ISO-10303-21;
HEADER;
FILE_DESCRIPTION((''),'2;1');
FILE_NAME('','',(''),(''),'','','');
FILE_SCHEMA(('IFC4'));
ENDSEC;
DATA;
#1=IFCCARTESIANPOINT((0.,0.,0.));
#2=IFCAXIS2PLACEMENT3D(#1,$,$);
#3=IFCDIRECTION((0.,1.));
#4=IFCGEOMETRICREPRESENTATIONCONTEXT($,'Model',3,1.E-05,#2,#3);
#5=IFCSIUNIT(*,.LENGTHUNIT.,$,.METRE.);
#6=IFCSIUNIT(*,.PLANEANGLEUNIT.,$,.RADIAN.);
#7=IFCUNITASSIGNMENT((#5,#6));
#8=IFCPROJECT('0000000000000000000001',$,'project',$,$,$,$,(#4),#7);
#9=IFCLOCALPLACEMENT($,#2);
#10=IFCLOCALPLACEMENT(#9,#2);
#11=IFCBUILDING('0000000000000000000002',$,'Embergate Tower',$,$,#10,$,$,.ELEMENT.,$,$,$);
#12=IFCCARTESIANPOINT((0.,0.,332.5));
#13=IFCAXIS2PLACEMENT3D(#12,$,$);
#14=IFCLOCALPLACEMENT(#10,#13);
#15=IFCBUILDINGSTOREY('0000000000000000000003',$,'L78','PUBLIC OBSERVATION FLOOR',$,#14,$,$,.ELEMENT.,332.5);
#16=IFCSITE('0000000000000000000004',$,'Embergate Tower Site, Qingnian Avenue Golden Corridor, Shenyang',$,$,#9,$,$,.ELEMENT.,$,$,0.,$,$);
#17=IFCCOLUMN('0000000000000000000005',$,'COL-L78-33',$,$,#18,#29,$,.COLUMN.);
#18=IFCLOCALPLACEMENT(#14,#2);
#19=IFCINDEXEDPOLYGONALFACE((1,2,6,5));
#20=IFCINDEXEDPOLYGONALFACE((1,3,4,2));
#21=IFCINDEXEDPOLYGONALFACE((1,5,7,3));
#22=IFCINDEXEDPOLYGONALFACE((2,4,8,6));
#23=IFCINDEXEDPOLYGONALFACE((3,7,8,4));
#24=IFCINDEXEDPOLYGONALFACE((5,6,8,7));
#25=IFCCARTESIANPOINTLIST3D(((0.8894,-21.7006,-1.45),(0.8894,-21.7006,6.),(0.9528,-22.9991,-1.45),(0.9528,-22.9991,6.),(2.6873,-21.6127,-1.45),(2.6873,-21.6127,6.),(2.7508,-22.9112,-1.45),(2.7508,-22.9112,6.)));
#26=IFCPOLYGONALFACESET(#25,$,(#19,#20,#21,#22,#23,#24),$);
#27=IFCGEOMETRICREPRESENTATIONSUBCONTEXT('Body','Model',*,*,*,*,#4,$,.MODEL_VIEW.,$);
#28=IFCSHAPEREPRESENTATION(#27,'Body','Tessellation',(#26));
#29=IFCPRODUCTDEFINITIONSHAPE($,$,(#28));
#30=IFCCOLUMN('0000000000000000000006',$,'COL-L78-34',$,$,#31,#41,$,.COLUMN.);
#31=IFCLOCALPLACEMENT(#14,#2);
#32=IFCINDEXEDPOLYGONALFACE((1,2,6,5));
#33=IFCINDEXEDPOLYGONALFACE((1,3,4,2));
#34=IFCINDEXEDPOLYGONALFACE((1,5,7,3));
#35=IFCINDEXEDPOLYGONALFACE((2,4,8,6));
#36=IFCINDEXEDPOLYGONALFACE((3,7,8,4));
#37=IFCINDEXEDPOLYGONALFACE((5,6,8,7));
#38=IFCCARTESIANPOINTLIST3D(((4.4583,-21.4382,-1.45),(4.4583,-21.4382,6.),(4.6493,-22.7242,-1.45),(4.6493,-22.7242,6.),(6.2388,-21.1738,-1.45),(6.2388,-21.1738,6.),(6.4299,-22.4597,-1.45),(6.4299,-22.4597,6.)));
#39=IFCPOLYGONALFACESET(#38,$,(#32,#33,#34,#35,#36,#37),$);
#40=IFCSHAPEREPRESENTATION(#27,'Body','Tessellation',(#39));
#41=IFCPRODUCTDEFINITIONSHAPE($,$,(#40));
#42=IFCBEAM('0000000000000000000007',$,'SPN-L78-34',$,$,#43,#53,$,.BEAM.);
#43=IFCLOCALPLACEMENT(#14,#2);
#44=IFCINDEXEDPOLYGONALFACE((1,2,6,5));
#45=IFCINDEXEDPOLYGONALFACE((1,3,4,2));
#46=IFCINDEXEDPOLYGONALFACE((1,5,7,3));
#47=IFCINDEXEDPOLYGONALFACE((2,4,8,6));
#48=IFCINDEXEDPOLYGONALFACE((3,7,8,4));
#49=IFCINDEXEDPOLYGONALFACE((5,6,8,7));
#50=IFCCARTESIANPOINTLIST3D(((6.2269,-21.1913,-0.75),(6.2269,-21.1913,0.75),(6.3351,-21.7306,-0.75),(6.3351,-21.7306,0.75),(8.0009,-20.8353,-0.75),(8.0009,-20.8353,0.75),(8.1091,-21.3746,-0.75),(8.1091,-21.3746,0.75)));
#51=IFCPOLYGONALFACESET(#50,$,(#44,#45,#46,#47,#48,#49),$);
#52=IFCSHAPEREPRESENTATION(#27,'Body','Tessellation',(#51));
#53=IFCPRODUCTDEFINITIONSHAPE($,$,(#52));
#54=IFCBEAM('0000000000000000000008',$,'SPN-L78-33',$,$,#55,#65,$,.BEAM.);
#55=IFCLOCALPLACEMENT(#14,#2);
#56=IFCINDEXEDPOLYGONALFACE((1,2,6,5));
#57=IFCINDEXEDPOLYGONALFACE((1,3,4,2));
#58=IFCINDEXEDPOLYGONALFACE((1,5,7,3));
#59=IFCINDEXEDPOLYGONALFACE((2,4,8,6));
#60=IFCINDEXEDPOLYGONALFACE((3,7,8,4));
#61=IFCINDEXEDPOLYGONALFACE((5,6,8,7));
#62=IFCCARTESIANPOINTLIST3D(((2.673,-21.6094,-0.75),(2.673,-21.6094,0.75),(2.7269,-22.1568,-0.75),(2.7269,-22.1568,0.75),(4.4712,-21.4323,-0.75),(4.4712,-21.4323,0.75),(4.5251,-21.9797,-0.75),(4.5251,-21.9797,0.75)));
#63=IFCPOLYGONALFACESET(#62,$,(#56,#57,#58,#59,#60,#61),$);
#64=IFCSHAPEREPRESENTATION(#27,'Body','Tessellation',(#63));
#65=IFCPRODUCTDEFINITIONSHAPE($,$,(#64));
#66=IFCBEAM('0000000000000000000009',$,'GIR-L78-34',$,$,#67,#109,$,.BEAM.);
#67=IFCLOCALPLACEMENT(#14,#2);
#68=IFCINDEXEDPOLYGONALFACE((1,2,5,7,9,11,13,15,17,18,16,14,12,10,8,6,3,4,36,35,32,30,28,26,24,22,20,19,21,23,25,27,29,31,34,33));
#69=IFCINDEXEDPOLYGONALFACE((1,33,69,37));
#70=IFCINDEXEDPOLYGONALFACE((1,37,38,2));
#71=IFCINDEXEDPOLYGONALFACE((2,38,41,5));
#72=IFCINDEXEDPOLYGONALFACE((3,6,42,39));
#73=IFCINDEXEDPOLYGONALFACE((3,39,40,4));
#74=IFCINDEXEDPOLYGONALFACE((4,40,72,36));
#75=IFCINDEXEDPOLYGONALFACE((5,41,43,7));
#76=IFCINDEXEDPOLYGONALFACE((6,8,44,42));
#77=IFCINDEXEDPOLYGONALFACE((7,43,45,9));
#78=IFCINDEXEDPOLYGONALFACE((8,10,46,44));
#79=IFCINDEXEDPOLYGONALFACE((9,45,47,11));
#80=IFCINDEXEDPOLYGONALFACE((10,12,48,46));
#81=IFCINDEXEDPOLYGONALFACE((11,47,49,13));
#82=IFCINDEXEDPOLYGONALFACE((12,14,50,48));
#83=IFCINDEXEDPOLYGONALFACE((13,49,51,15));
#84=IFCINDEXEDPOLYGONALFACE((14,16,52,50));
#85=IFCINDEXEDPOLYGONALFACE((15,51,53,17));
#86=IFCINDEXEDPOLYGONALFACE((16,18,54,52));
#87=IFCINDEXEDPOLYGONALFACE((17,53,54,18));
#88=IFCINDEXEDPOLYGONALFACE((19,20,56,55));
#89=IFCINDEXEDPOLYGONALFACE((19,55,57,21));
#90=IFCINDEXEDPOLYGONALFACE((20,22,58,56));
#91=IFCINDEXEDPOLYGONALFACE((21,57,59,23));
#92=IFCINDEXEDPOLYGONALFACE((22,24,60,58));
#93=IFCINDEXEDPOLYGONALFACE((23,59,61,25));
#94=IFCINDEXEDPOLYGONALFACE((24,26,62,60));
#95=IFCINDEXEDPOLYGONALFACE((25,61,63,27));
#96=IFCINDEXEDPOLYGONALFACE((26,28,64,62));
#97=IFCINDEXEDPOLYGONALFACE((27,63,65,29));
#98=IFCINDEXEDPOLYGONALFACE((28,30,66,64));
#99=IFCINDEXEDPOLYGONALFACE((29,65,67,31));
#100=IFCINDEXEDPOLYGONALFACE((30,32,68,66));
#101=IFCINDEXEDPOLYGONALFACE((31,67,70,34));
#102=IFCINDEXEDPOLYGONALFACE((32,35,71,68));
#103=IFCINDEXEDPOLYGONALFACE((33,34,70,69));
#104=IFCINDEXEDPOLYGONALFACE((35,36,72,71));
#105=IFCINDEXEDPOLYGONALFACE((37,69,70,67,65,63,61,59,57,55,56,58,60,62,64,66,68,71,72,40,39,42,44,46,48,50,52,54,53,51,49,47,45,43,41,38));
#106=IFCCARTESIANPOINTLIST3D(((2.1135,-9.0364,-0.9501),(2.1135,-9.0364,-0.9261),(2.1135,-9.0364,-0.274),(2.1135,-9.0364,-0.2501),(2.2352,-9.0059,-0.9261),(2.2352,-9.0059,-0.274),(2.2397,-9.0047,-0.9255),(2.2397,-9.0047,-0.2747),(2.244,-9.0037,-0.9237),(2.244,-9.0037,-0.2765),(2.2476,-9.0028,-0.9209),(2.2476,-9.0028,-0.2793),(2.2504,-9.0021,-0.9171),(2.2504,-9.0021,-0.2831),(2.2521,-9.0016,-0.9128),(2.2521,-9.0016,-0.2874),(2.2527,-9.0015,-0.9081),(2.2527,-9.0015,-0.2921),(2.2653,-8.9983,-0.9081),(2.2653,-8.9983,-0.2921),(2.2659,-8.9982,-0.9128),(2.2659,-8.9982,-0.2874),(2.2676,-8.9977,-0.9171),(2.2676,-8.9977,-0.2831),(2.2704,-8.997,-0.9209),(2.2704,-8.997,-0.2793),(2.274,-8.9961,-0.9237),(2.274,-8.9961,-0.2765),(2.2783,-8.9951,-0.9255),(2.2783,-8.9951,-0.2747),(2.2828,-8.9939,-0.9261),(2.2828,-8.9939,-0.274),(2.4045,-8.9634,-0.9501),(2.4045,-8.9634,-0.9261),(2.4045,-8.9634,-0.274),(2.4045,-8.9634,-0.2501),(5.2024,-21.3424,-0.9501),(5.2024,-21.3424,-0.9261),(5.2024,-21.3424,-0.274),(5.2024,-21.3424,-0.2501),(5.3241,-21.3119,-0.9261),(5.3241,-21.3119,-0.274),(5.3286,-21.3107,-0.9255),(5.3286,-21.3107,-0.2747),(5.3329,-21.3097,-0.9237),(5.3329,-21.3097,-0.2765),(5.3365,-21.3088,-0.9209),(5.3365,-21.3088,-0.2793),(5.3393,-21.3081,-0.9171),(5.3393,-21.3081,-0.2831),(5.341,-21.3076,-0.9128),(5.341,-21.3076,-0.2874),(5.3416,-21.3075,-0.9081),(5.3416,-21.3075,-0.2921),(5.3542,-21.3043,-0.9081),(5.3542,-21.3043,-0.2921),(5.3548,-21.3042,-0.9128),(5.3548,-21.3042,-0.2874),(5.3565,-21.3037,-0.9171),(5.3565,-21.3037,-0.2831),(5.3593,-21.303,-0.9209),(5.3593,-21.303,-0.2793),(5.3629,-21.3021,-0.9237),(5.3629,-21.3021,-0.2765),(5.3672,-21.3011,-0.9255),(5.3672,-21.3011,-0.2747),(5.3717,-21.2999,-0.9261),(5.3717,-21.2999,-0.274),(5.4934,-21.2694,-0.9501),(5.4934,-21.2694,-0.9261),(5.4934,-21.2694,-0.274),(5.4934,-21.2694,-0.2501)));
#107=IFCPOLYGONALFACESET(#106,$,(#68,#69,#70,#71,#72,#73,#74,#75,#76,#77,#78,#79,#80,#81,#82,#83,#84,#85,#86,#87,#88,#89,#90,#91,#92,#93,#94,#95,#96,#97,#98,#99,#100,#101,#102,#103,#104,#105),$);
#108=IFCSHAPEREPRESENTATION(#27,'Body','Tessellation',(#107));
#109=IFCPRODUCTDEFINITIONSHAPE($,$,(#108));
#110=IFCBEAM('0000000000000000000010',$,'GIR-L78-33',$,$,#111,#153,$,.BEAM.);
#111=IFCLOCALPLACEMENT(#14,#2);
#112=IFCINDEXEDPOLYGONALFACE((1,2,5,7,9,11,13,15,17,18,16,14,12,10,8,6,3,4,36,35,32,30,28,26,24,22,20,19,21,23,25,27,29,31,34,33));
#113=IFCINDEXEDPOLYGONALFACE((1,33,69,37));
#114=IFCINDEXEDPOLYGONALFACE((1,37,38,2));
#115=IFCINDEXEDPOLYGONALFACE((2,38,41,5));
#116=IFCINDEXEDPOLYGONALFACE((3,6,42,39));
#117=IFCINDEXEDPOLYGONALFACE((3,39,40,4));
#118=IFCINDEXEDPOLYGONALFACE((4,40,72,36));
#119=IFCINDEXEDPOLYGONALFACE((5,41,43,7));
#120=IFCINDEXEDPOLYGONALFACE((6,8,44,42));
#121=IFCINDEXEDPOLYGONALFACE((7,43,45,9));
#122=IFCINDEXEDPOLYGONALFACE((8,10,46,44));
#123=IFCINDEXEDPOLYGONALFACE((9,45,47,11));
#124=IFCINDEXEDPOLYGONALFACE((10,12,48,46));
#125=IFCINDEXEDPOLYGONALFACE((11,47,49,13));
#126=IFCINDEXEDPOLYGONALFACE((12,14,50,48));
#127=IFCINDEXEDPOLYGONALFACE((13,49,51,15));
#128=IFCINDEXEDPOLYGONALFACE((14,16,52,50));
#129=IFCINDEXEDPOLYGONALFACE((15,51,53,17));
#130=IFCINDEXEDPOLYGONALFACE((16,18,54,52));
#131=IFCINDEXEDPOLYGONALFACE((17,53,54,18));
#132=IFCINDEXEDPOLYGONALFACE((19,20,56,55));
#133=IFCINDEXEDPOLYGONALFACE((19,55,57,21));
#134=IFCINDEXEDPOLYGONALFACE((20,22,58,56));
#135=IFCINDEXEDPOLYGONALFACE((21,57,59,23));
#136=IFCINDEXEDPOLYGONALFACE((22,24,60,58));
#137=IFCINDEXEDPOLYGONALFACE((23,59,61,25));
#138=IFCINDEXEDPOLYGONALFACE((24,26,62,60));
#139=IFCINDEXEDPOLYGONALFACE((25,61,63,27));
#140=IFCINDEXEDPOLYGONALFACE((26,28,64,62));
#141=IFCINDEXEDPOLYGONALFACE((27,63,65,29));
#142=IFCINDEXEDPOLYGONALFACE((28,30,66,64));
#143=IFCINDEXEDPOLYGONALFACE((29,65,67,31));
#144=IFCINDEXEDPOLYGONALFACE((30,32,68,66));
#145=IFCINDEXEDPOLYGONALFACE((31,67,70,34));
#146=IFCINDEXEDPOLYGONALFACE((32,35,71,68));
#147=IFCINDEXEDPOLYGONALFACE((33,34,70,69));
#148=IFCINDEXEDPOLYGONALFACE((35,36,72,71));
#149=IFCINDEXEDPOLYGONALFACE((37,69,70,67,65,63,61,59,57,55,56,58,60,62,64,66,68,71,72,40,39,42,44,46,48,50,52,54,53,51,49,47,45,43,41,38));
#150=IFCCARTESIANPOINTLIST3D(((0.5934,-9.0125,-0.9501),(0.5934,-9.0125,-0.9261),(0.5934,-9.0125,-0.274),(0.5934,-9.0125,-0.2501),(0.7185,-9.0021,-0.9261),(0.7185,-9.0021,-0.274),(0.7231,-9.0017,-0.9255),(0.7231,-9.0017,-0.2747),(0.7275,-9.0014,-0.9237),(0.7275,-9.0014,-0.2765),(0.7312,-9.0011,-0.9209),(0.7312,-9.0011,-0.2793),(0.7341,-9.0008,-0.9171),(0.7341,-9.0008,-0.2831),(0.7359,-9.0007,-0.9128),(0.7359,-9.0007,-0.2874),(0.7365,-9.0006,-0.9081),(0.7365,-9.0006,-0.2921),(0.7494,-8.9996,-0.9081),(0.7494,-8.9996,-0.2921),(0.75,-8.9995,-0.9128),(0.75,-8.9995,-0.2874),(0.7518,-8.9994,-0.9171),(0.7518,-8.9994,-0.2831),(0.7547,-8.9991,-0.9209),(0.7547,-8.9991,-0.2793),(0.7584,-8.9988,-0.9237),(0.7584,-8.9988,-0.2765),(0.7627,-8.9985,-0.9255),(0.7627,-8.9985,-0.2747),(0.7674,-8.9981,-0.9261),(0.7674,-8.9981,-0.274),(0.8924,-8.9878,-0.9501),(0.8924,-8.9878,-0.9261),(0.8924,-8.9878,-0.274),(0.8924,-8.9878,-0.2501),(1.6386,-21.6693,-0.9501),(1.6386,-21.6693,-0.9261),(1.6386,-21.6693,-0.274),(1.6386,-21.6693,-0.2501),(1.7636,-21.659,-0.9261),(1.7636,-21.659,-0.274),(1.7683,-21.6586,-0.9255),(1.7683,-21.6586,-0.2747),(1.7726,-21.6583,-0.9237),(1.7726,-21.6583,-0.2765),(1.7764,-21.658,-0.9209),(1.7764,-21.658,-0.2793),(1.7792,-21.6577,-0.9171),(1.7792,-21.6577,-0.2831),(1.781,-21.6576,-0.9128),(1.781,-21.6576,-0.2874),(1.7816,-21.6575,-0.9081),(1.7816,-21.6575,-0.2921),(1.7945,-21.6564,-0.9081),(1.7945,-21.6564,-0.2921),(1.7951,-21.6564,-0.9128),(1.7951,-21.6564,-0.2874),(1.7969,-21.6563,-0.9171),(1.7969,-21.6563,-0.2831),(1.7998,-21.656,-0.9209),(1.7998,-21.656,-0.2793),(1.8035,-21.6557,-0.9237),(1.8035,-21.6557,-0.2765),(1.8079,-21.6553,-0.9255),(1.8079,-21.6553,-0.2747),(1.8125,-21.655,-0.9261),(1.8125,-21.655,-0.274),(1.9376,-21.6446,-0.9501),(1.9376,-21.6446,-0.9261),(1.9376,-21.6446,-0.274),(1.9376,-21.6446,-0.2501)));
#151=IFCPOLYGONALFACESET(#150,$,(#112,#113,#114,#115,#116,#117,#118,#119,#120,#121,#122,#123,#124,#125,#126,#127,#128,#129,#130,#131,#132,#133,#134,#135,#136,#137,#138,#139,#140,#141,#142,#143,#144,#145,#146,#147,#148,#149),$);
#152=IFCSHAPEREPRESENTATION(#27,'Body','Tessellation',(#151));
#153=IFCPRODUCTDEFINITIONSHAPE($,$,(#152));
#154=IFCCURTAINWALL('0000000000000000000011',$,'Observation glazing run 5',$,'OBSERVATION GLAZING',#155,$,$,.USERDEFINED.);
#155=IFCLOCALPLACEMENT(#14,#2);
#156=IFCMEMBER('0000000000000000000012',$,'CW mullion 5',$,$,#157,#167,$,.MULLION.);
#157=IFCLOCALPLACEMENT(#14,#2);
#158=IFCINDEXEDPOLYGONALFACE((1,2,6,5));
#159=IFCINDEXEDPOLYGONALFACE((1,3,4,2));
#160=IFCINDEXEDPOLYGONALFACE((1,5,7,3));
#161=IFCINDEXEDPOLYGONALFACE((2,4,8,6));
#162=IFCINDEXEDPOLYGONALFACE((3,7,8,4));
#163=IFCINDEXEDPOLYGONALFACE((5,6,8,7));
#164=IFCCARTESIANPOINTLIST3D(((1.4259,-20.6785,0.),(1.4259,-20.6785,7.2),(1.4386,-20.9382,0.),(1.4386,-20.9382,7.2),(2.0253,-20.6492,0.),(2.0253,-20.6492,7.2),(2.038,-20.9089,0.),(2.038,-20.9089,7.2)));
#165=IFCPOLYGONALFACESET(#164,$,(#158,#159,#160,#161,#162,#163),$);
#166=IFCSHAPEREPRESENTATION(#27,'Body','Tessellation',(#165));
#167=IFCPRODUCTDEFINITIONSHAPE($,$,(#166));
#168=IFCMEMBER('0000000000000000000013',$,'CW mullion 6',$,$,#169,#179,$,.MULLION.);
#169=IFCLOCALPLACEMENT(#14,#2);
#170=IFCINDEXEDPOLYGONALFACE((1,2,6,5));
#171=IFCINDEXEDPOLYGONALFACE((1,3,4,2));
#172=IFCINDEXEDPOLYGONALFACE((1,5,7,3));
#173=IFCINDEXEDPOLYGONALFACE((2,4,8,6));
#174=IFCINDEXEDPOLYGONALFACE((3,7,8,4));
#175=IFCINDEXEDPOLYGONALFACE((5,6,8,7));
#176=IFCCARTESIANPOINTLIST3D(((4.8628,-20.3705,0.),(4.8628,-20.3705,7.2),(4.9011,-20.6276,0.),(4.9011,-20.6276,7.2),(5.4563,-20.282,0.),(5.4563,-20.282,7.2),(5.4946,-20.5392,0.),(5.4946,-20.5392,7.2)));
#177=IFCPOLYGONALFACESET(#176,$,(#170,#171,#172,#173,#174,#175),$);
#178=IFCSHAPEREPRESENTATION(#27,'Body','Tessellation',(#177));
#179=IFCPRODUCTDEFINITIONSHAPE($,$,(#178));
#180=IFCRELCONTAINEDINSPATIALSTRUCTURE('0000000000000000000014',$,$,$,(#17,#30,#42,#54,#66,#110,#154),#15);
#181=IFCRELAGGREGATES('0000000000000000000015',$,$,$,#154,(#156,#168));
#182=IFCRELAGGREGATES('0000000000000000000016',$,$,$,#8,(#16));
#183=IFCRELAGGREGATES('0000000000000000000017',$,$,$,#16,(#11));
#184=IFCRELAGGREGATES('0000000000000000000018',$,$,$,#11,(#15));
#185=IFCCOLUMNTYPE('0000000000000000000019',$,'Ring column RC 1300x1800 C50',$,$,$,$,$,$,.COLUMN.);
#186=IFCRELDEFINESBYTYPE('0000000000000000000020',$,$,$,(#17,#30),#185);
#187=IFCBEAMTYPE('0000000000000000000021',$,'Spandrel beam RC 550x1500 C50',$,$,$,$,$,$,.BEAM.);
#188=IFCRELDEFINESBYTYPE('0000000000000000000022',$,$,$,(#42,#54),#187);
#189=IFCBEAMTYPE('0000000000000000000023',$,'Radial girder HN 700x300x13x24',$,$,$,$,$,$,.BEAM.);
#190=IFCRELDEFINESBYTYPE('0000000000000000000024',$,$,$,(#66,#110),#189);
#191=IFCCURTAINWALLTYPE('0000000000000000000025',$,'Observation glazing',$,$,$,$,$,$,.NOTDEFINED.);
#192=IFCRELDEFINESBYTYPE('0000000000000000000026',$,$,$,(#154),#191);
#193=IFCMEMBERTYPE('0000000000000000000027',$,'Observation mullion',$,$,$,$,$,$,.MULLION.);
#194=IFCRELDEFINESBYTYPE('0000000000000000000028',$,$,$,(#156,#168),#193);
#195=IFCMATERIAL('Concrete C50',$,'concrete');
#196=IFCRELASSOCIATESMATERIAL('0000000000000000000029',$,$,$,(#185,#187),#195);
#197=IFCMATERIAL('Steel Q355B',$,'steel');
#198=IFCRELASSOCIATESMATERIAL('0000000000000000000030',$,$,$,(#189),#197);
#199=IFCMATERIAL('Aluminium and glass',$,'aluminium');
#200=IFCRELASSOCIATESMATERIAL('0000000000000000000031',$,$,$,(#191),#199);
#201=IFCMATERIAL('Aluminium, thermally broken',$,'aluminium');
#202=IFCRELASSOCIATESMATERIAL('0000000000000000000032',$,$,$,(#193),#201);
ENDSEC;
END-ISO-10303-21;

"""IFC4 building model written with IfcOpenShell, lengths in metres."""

from ifc_helpers import new_model, si_unit, direction, frame, origin, origin_2d, place, context, subcontext, project, spatial, rectangle, i_section, extrude, source, transform, mapped, material, material_profile, profile_set, type_object, element, aggregate, save


model = new_model("IFC4")

# Units and contexts
model_context = context("Model", 3, precision=1e-05, world=origin(), true_north=direction((0.0, 1.0)))
body_context = subcontext(model_context, "Body", "Model", "MODEL_VIEW")
ifc_project = project(units=[si_unit("LENGTHUNIT", "METRE"), si_unit("PLANEANGLEUNIT", "RADIAN")], contexts=[model_context])

# Site, building, storey
site_placement = place(None, origin())
site = spatial("IfcSite", under=ifc_project, at=site_placement, Name="Embergate Tower Site, Qingnian Avenue Golden Corridor, Shenyang", CompositionType="ELEMENT", RefElevation=0.0)
building_placement = place(site_placement, origin())
building = spatial("IfcBuilding", under=site, at=building_placement, Name="Embergate Tower", CompositionType="ELEMENT")
storey_placement = place(building_placement, frame((0.0, 0.0, 332.5)))
storey = spatial("IfcBuildingStorey", under=building, at=storey_placement, Name="L78", Description="PUBLIC OBSERVATION FLOOR", CompositionType="ELEMENT", Elevation=332.5)

# Columns
ifc_material_1 = material(Name="Concrete C50", Category="concrete")
ifc_material_profile_1 = material_profile(ifc_material_1, rectangle(XDim=1.3, YDim=1.8, at=origin_2d()), Name="RC 1300x1800")
ifc_profile_set_1 = profile_set([ifc_material_profile_1], Name="Concrete C50")
column_type = type_object("IfcColumnType", Name="Ring column RC 1300x1800 C50", PredefinedType="COLUMN", material=ifc_profile_set_1)
shared_shape_1 = source(origin(), body_context, "Body", "SweptSolid", [
    extrude(rectangle(XDim=1.3, YDim=1.8, at=origin_2d()), origin(), (0.0, 0.0, 1.0), 7.45),
])
for number, where, z_axis, x_axis, name in (
    (1, (1.8201, -22.3059, -1.45), (0.0, 0.0, 1.0), (0.048815, -0.998808, 0.0), "COL-L78-33"),
    (2, (5.4441, -21.949, -1.45), (0.0, 0.0, 1.0), (0.146929, -0.989147, 0.0), "COL-L78-34"),
):
    element("IfcColumn", number, at=place(storey_placement, frame(where, z_axis=z_axis, x_axis=x_axis)), inside=storey, type_object=column_type, Name=name, PredefinedType="COLUMN", context=body_context, shape_type="MappedRepresentation", body=[
        mapped(shared_shape_1, transform((0.0, 0.0, 0.0))),
    ])

# Beams
ifc_material_profile_2 = material_profile(ifc_material_1, rectangle(XDim=0.55, YDim=1.5, at=origin_2d()), Name="RC 550x1500")
ifc_profile_set_2 = profile_set([ifc_material_profile_2], Name="Concrete C50")
beam_type_1 = type_object("IfcBeamType", Name="Spandrel beam RC 550x1500 C50", PredefinedType="BEAM", material=ifc_profile_set_2)
shared_shape_2 = source(origin(), body_context, "Body", "SweptSolid", [
    extrude(rectangle(XDim=0.55, YDim=1.5, at=origin_2d()), origin(), (0.0, 0.0, 1.0), 1.8093),
])
beam_1_placement = place(storey_placement, frame((6.281, -21.4609, 0.0), z_axis=(0.980456, 0.196739, 0.0), x_axis=(-0.196739, 0.980456, 0.0)))
element("IfcBeam", 3, at=beam_1_placement, inside=storey, type_object=beam_type_1, Name="SPN-L78-34", PredefinedType="BEAM", context=body_context, shape_type="MappedRepresentation", body=[
    mapped(shared_shape_2, transform((0.0, 0.0, 0.0))),
])
shared_shape_3 = source(origin(), body_context, "Body", "SweptSolid", [
    extrude(rectangle(XDim=0.55, YDim=1.5, at=origin_2d()), origin(), (0.0, 0.0, 1.0), 1.8069),
])
beam_2_placement = place(storey_placement, frame((2.7, -21.8831, 0.0), z_axis=(0.99519, 0.097965, 0.0), x_axis=(-0.097965, 0.99519, 0.0)))
element("IfcBeam", 4, at=beam_2_placement, inside=storey, type_object=beam_type_1, Name="SPN-L78-33", PredefinedType="BEAM", context=body_context, shape_type="MappedRepresentation", body=[
    mapped(shared_shape_3, transform((0.0, 0.0, 0.0))),
])
ifc_material_2 = material(Name="Steel Q355B", Category="steel")
ifc_material_profile_3 = material_profile(ifc_material_2, i_section(OverallWidth=0.3, OverallDepth=0.7, WebThickness=0.0129, FlangeThickness=0.0239, FilletRadius=0.0181, at=origin_2d()), Name="HN 700x300x13x24")
ifc_profile_set_3 = profile_set([ifc_material_profile_3], Name="Steel Q355 grade B")
beam_type_2 = type_object("IfcBeamType", Name="Radial girder HN 700x300x13x24", PredefinedType="BEAM", material=ifc_profile_set_3)
shared_shape_4 = source(origin(), body_context, "Body", "SweptSolid", [
    extrude(i_section(OverallWidth=0.3, OverallDepth=0.7, WebThickness=0.0129, FlangeThickness=0.0239, FilletRadius=0.0181, at=origin_2d()), origin(), (0.0, 0.0, 1.0), 12.6877),
])
beam_3_placement = place(storey_placement, frame((5.3479, -21.3059, -0.6001), z_axis=(-0.243455, 0.969912, 0.0), x_axis=(-0.969912, -0.243455, 0.0)))
element("IfcBeam", 5, at=beam_3_placement, inside=storey, type_object=beam_type_2, Name="GIR-L78-34", PredefinedType="BEAM", context=body_context, shape_type="MappedRepresentation", body=[
    mapped(shared_shape_4, transform((0.0, 0.0, 0.0))),
])
shared_shape_5 = source(origin(), body_context, "Body", "SweptSolid", [
    extrude(i_section(OverallWidth=0.3, OverallDepth=0.7, WebThickness=0.0129, FlangeThickness=0.0239, FilletRadius=0.0181, at=origin_2d()), origin(), (0.0, 0.0, 1.0), 12.7),
])
beam_4_placement = place(storey_placement, frame((1.7881, -21.657, -0.6001), z_axis=(-0.082296, 0.996608, 0.0), x_axis=(-0.996608, -0.082296, 0.0)))
element("IfcBeam", 6, at=beam_4_placement, inside=storey, type_object=beam_type_2, Name="GIR-L78-33", PredefinedType="BEAM", context=body_context, shape_type="MappedRepresentation", body=[
    mapped(shared_shape_5, transform((0.0, 0.0, 0.0))),
])

# Curtain wall, members
ifc_material_3 = material(Name="Aluminium and glass", Category="aluminium")
curtain_wall_type = type_object("IfcCurtainWallType", Name="Observation glazing", PredefinedType="NOTDEFINED", material=ifc_material_3)
curtain_wall_placement = place(storey_placement, origin())
curtain_wall = element("IfcCurtainWall", 7, at=curtain_wall_placement, inside=storey, type_object=curtain_wall_type, Name="Observation glazing run 5", ObjectType="OBSERVATION GLAZING", PredefinedType="USERDEFINED")
ifc_material_4 = material(Name="Aluminium, thermally broken", Category="aluminium")
ifc_material_profile_4 = material_profile(ifc_material_4, rectangle(XDim=0.26, YDim=0.6001, at=origin_2d()), Name="AL 600x260")
ifc_profile_set_4 = profile_set([ifc_material_profile_4], Name="Aluminium, thermally broken")
member_type_1 = type_object("IfcMemberType", Name="Observation mullion", PredefinedType="MULLION", material=ifc_profile_set_4)
shared_shape_6 = source(origin(), body_context, "Body", "SweptSolid", [
    extrude(rectangle(XDim=0.26, YDim=0.6001, at=origin_2d()), origin(), (0.0, 0.0, 1.0), 7.2),
])
member_1_placement = place(storey_placement, frame((1.7319, -20.7937, 0.0), z_axis=(0.0, 0.0, 1.0), x_axis=(-0.04897, 0.9988, 0.0)))
member_1 = element("IfcMember", 8, at=member_1_placement, type_object=member_type_1, Name="CW mullion 5", PredefinedType="MULLION", context=body_context, shape_type="MappedRepresentation", body=[
    mapped(shared_shape_6, transform((0.0, 0.0, 0.0))),
])
member_2_placement = place(storey_placement, frame((5.1787, -20.4548, 0.0), z_axis=(0.0, 0.0, 1.0), x_axis=(-0.147407, 0.989076, 0.0)))
member_2 = element("IfcMember", 9, at=member_2_placement, type_object=member_type_1, Name="CW mullion 6", PredefinedType="MULLION", context=body_context, shape_type="MappedRepresentation", body=[
    mapped(shared_shape_6, transform((0.0, 0.0, 0.0))),
])
aggregate(curtain_wall, [member_1, member_2])

save(model, "model.ifc")
